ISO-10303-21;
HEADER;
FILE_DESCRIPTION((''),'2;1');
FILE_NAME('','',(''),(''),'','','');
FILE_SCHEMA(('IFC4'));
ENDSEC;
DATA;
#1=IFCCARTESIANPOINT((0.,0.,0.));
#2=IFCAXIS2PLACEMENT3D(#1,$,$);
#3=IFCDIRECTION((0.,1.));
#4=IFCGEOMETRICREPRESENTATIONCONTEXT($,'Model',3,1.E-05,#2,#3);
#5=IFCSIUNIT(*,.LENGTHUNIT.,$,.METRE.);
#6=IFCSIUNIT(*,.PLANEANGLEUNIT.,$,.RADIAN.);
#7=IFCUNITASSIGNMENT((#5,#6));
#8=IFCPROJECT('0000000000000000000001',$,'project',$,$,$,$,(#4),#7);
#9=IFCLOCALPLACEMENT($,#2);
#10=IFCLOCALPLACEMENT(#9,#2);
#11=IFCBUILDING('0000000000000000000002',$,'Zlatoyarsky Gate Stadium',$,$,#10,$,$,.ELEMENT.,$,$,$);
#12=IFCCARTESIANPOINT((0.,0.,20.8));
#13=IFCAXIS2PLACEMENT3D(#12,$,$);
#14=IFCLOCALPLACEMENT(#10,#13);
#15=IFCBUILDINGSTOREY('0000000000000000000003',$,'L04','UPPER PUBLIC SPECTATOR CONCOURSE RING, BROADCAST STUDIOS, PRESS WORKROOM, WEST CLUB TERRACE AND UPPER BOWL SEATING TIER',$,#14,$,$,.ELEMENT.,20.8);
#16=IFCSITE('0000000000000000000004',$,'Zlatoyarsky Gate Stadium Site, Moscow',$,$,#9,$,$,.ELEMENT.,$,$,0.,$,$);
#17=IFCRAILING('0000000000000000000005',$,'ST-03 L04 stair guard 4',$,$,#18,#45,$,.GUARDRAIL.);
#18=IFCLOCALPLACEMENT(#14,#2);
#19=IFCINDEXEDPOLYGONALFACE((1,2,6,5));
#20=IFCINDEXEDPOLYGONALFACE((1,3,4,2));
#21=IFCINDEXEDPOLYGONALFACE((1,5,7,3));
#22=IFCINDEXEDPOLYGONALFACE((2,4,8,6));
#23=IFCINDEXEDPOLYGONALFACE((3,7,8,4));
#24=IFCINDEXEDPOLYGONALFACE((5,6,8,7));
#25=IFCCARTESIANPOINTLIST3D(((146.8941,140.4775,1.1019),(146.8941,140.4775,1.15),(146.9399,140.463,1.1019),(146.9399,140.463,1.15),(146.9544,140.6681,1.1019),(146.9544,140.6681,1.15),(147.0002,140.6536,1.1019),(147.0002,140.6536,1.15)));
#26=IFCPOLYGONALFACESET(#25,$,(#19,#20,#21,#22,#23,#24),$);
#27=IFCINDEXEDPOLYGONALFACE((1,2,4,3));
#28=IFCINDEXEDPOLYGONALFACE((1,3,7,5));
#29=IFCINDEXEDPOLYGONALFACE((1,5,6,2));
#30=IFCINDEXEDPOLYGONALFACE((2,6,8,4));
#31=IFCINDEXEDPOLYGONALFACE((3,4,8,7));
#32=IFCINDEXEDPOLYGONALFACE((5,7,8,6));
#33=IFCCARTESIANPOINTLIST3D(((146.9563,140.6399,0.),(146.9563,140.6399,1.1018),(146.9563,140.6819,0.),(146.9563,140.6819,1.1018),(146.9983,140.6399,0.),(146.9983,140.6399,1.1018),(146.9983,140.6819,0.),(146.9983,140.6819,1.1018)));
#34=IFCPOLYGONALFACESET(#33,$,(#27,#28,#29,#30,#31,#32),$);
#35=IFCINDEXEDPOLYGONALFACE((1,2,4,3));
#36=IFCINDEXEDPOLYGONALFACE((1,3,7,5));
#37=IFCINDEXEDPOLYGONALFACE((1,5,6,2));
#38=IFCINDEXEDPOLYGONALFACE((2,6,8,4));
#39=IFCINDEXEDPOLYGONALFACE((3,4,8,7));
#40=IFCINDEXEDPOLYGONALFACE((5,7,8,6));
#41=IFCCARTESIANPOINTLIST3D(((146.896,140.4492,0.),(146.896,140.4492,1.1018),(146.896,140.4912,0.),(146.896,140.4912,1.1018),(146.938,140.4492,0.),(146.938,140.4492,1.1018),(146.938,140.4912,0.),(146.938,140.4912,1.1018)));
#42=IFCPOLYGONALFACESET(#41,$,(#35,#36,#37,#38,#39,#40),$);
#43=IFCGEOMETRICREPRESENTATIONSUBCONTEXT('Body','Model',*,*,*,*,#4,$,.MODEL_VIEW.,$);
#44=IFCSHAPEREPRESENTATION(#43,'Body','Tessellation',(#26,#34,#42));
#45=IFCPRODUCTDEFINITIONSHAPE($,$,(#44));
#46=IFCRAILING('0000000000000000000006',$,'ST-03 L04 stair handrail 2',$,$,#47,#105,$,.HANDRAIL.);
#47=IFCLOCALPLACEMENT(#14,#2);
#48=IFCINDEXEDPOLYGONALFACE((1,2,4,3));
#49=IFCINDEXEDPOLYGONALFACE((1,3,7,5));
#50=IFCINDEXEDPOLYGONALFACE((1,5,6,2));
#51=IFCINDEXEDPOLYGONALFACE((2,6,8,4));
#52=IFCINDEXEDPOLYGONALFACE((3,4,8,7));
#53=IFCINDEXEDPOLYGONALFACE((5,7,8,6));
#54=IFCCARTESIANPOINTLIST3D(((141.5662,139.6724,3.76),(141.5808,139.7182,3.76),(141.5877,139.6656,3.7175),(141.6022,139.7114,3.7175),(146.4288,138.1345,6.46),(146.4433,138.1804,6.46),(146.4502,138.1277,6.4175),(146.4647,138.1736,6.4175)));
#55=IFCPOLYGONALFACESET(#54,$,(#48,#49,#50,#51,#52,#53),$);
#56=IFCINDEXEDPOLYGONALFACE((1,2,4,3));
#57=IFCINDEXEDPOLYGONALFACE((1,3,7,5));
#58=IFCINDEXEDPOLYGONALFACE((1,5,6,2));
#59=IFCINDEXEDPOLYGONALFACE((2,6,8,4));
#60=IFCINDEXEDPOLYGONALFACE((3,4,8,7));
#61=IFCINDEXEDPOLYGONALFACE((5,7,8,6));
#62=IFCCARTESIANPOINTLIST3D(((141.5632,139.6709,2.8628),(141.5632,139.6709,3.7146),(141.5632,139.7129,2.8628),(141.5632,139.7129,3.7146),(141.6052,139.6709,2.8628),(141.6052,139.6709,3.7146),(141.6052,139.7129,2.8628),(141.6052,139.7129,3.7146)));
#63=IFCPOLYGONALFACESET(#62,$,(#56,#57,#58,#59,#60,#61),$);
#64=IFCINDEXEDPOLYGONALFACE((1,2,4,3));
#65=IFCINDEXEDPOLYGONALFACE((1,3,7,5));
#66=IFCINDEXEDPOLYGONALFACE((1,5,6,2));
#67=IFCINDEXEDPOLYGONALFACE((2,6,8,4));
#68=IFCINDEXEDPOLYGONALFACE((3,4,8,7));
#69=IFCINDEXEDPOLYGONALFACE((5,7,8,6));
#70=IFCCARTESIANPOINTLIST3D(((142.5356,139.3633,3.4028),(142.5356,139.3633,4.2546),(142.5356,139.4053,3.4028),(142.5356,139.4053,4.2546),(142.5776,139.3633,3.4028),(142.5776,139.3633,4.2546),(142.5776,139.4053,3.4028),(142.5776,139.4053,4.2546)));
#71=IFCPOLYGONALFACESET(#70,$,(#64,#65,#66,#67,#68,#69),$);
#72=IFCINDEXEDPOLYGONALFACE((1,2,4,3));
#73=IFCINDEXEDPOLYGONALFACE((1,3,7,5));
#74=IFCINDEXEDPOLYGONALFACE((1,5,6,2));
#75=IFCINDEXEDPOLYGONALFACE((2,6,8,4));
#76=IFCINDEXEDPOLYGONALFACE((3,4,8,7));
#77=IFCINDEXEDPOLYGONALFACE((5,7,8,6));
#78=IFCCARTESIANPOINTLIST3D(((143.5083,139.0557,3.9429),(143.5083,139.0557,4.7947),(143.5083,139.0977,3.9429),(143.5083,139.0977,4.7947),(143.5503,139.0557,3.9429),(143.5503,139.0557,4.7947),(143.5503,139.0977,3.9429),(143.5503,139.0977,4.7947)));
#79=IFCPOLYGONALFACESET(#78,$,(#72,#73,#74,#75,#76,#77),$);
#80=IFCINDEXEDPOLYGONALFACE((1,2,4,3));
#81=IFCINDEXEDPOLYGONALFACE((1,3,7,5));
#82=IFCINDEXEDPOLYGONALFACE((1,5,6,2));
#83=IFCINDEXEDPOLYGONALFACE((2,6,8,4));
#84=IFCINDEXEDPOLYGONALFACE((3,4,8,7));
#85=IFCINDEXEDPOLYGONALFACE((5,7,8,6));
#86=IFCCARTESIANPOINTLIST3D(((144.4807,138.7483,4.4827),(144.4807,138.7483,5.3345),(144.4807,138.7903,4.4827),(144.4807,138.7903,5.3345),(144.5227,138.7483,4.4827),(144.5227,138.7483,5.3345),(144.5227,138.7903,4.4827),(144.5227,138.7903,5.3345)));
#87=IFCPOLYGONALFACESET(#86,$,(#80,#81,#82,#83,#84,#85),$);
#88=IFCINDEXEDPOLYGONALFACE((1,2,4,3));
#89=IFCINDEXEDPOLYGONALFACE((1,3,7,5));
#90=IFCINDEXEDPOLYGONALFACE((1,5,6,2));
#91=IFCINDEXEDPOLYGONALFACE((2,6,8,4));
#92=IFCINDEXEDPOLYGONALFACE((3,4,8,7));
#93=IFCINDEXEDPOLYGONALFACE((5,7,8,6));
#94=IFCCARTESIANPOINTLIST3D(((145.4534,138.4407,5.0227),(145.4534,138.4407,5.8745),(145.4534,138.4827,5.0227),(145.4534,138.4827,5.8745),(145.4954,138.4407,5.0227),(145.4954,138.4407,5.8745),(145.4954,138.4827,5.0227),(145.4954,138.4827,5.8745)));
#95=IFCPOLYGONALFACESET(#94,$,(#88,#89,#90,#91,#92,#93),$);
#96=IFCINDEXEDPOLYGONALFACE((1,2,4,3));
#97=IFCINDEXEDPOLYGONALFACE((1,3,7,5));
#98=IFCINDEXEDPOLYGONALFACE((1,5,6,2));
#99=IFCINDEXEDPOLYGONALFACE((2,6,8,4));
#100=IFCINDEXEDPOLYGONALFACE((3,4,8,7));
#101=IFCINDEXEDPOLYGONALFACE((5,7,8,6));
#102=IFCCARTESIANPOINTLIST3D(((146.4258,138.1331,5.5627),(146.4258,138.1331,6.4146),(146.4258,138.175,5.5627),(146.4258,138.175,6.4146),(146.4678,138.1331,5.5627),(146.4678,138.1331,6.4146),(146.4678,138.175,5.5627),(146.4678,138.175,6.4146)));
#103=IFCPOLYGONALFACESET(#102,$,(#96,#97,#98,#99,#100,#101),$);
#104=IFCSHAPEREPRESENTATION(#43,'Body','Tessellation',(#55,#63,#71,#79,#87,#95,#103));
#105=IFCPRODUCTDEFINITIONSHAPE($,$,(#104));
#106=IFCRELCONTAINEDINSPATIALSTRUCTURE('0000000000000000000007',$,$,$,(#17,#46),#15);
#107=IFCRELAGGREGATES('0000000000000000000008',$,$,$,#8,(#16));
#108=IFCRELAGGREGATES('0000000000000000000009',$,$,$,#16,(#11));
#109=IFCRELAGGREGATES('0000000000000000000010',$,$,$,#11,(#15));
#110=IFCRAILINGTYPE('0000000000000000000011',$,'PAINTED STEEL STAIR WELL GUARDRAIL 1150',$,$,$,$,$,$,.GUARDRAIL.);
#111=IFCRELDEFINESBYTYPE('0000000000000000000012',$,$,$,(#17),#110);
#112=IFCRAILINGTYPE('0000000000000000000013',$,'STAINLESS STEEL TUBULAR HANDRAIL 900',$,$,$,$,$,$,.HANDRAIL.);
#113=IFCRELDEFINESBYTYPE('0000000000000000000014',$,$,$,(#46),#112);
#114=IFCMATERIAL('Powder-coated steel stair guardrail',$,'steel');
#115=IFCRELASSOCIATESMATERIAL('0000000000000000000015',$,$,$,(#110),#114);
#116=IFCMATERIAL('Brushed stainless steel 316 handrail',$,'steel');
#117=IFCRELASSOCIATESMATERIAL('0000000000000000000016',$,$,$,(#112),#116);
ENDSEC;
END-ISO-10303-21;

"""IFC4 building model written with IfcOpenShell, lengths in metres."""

from ifc_helpers import new_model, si_unit, direction, frame, origin, origin_2d, place, context, subcontext, project, spatial, rectangle, extrude, material, type_object, element, save


model = new_model("IFC4")

# Units and contexts
model_context = context("Model", 3, precision=1e-05, world=origin(), true_north=direction((0.0, 1.0)))
body_context = subcontext(model_context, "Body", "Model", "MODEL_VIEW")
ifc_project = project(units=[si_unit("LENGTHUNIT", "METRE"), si_unit("PLANEANGLEUNIT", "RADIAN")], contexts=[model_context])

# Site, building, storey
site_placement = place(None, origin())
site = spatial("IfcSite", under=ifc_project, at=site_placement, Name="Zlatoyarsky Gate Stadium Site, Moscow", CompositionType="ELEMENT", RefElevation=0.0)
building_placement = place(site_placement, origin())
building = spatial("IfcBuilding", under=site, at=building_placement, Name="Zlatoyarsky Gate Stadium", CompositionType="ELEMENT")
storey_placement = place(building_placement, frame((0.0, 0.0, 20.8)))
storey = spatial("IfcBuildingStorey", under=building, at=storey_placement, Name="L04", Description="UPPER PUBLIC SPECTATOR CONCOURSE RING, BROADCAST STUDIOS, PRESS WORKROOM, WEST CLUB TERRACE AND UPPER BOWL SEATING TIER", CompositionType="ELEMENT", Elevation=20.8)

# Railings
ifc_material_1 = material(Name="Powder-coated steel stair guardrail", Category="steel")
railing_type_1 = type_object("IfcRailingType", Name="PAINTED STEEL STAIR WELL GUARDRAIL 1150", PredefinedType="GUARDRAIL", material=ifc_material_1)
railing_1_placement = place(storey_placement, frame((146.9773, 140.6609, 0.0)))
element("IfcRailing", 1, at=railing_1_placement, inside=storey, type_object=railing_type_1, Name="ST-03 L04 stair guard 4", PredefinedType="GUARDRAIL", context=body_context, shape_type="SweptSolid", body=[
    extrude(rectangle(XDim=0.0481, YDim=0.0481, at=origin_2d()), frame((0.0, 0.0, 1.126), z_axis=(-0.30154, -0.953453, 0.0), x_axis=(0.953453, -0.30154, 0.0)), (0.0, 0.0, 1.0), 0.2),
    extrude(rectangle(XDim=0.042, YDim=0.042, at=origin_2d()), origin(), (0.0, 0.0, 1.0), 1.1018),
    extrude(rectangle(XDim=0.042, YDim=0.042, at=origin_2d()), frame((-0.0603, -0.1907, 0.0)), (0.0, 0.0, 1.0), 1.1018),
])
ifc_material_2 = material(Name="Brushed stainless steel 316 handrail", Category="steel")
railing_type_2 = type_object("IfcRailingType", Name="STAINLESS STEEL TUBULAR HANDRAIL 900", PredefinedType="HANDRAIL", material=ifc_material_2)
railing_2_placement = place(storey_placement, frame((141.5842, 139.6919, 2.8628)))
element("IfcRailing", 2, at=railing_2_placement, inside=storey, type_object=railing_type_2, Name="ST-03 L04 stair handrail 2", PredefinedType="HANDRAIL", context=body_context, shape_type="SweptSolid", body=[
    extrude(rectangle(XDim=0.0481, YDim=0.0481, at=origin_2d()), frame((0.0, 0.0, 0.876), z_axis=(0.842651, -0.266499, 0.467886), x_axis=(0.301541, 0.953453, 0.0)), (0.0, 0.0, 1.0), 5.7705),
    extrude(rectangle(XDim=0.042, YDim=0.042, at=origin_2d()), origin(), (0.0, 0.0, 1.0), 0.8518),
    extrude(rectangle(XDim=0.042, YDim=0.042, at=origin_2d()), frame((0.9724, -0.3076, 0.54)), (0.0, 0.0, 1.0), 0.8518),
    extrude(rectangle(XDim=0.042, YDim=0.042, at=origin_2d()), frame((1.9451, -0.6152, 1.0801)), (0.0, 0.0, 1.0), 0.8518),
    extrude(rectangle(XDim=0.042, YDim=0.042, at=origin_2d()), frame((2.9175, -0.9226, 1.6199)), (0.0, 0.0, 1.0), 0.8518),
    extrude(rectangle(XDim=0.042, YDim=0.042, at=origin_2d()), frame((3.8901, -1.2302, 2.1599)), (0.0, 0.0, 1.0), 0.8518),
    extrude(rectangle(XDim=0.042, YDim=0.042, at=origin_2d()), frame((4.8625, -1.5378, 2.7)), (0.0, 0.0, 1.0), 0.8518),
])

save(model, "model.ifc")
